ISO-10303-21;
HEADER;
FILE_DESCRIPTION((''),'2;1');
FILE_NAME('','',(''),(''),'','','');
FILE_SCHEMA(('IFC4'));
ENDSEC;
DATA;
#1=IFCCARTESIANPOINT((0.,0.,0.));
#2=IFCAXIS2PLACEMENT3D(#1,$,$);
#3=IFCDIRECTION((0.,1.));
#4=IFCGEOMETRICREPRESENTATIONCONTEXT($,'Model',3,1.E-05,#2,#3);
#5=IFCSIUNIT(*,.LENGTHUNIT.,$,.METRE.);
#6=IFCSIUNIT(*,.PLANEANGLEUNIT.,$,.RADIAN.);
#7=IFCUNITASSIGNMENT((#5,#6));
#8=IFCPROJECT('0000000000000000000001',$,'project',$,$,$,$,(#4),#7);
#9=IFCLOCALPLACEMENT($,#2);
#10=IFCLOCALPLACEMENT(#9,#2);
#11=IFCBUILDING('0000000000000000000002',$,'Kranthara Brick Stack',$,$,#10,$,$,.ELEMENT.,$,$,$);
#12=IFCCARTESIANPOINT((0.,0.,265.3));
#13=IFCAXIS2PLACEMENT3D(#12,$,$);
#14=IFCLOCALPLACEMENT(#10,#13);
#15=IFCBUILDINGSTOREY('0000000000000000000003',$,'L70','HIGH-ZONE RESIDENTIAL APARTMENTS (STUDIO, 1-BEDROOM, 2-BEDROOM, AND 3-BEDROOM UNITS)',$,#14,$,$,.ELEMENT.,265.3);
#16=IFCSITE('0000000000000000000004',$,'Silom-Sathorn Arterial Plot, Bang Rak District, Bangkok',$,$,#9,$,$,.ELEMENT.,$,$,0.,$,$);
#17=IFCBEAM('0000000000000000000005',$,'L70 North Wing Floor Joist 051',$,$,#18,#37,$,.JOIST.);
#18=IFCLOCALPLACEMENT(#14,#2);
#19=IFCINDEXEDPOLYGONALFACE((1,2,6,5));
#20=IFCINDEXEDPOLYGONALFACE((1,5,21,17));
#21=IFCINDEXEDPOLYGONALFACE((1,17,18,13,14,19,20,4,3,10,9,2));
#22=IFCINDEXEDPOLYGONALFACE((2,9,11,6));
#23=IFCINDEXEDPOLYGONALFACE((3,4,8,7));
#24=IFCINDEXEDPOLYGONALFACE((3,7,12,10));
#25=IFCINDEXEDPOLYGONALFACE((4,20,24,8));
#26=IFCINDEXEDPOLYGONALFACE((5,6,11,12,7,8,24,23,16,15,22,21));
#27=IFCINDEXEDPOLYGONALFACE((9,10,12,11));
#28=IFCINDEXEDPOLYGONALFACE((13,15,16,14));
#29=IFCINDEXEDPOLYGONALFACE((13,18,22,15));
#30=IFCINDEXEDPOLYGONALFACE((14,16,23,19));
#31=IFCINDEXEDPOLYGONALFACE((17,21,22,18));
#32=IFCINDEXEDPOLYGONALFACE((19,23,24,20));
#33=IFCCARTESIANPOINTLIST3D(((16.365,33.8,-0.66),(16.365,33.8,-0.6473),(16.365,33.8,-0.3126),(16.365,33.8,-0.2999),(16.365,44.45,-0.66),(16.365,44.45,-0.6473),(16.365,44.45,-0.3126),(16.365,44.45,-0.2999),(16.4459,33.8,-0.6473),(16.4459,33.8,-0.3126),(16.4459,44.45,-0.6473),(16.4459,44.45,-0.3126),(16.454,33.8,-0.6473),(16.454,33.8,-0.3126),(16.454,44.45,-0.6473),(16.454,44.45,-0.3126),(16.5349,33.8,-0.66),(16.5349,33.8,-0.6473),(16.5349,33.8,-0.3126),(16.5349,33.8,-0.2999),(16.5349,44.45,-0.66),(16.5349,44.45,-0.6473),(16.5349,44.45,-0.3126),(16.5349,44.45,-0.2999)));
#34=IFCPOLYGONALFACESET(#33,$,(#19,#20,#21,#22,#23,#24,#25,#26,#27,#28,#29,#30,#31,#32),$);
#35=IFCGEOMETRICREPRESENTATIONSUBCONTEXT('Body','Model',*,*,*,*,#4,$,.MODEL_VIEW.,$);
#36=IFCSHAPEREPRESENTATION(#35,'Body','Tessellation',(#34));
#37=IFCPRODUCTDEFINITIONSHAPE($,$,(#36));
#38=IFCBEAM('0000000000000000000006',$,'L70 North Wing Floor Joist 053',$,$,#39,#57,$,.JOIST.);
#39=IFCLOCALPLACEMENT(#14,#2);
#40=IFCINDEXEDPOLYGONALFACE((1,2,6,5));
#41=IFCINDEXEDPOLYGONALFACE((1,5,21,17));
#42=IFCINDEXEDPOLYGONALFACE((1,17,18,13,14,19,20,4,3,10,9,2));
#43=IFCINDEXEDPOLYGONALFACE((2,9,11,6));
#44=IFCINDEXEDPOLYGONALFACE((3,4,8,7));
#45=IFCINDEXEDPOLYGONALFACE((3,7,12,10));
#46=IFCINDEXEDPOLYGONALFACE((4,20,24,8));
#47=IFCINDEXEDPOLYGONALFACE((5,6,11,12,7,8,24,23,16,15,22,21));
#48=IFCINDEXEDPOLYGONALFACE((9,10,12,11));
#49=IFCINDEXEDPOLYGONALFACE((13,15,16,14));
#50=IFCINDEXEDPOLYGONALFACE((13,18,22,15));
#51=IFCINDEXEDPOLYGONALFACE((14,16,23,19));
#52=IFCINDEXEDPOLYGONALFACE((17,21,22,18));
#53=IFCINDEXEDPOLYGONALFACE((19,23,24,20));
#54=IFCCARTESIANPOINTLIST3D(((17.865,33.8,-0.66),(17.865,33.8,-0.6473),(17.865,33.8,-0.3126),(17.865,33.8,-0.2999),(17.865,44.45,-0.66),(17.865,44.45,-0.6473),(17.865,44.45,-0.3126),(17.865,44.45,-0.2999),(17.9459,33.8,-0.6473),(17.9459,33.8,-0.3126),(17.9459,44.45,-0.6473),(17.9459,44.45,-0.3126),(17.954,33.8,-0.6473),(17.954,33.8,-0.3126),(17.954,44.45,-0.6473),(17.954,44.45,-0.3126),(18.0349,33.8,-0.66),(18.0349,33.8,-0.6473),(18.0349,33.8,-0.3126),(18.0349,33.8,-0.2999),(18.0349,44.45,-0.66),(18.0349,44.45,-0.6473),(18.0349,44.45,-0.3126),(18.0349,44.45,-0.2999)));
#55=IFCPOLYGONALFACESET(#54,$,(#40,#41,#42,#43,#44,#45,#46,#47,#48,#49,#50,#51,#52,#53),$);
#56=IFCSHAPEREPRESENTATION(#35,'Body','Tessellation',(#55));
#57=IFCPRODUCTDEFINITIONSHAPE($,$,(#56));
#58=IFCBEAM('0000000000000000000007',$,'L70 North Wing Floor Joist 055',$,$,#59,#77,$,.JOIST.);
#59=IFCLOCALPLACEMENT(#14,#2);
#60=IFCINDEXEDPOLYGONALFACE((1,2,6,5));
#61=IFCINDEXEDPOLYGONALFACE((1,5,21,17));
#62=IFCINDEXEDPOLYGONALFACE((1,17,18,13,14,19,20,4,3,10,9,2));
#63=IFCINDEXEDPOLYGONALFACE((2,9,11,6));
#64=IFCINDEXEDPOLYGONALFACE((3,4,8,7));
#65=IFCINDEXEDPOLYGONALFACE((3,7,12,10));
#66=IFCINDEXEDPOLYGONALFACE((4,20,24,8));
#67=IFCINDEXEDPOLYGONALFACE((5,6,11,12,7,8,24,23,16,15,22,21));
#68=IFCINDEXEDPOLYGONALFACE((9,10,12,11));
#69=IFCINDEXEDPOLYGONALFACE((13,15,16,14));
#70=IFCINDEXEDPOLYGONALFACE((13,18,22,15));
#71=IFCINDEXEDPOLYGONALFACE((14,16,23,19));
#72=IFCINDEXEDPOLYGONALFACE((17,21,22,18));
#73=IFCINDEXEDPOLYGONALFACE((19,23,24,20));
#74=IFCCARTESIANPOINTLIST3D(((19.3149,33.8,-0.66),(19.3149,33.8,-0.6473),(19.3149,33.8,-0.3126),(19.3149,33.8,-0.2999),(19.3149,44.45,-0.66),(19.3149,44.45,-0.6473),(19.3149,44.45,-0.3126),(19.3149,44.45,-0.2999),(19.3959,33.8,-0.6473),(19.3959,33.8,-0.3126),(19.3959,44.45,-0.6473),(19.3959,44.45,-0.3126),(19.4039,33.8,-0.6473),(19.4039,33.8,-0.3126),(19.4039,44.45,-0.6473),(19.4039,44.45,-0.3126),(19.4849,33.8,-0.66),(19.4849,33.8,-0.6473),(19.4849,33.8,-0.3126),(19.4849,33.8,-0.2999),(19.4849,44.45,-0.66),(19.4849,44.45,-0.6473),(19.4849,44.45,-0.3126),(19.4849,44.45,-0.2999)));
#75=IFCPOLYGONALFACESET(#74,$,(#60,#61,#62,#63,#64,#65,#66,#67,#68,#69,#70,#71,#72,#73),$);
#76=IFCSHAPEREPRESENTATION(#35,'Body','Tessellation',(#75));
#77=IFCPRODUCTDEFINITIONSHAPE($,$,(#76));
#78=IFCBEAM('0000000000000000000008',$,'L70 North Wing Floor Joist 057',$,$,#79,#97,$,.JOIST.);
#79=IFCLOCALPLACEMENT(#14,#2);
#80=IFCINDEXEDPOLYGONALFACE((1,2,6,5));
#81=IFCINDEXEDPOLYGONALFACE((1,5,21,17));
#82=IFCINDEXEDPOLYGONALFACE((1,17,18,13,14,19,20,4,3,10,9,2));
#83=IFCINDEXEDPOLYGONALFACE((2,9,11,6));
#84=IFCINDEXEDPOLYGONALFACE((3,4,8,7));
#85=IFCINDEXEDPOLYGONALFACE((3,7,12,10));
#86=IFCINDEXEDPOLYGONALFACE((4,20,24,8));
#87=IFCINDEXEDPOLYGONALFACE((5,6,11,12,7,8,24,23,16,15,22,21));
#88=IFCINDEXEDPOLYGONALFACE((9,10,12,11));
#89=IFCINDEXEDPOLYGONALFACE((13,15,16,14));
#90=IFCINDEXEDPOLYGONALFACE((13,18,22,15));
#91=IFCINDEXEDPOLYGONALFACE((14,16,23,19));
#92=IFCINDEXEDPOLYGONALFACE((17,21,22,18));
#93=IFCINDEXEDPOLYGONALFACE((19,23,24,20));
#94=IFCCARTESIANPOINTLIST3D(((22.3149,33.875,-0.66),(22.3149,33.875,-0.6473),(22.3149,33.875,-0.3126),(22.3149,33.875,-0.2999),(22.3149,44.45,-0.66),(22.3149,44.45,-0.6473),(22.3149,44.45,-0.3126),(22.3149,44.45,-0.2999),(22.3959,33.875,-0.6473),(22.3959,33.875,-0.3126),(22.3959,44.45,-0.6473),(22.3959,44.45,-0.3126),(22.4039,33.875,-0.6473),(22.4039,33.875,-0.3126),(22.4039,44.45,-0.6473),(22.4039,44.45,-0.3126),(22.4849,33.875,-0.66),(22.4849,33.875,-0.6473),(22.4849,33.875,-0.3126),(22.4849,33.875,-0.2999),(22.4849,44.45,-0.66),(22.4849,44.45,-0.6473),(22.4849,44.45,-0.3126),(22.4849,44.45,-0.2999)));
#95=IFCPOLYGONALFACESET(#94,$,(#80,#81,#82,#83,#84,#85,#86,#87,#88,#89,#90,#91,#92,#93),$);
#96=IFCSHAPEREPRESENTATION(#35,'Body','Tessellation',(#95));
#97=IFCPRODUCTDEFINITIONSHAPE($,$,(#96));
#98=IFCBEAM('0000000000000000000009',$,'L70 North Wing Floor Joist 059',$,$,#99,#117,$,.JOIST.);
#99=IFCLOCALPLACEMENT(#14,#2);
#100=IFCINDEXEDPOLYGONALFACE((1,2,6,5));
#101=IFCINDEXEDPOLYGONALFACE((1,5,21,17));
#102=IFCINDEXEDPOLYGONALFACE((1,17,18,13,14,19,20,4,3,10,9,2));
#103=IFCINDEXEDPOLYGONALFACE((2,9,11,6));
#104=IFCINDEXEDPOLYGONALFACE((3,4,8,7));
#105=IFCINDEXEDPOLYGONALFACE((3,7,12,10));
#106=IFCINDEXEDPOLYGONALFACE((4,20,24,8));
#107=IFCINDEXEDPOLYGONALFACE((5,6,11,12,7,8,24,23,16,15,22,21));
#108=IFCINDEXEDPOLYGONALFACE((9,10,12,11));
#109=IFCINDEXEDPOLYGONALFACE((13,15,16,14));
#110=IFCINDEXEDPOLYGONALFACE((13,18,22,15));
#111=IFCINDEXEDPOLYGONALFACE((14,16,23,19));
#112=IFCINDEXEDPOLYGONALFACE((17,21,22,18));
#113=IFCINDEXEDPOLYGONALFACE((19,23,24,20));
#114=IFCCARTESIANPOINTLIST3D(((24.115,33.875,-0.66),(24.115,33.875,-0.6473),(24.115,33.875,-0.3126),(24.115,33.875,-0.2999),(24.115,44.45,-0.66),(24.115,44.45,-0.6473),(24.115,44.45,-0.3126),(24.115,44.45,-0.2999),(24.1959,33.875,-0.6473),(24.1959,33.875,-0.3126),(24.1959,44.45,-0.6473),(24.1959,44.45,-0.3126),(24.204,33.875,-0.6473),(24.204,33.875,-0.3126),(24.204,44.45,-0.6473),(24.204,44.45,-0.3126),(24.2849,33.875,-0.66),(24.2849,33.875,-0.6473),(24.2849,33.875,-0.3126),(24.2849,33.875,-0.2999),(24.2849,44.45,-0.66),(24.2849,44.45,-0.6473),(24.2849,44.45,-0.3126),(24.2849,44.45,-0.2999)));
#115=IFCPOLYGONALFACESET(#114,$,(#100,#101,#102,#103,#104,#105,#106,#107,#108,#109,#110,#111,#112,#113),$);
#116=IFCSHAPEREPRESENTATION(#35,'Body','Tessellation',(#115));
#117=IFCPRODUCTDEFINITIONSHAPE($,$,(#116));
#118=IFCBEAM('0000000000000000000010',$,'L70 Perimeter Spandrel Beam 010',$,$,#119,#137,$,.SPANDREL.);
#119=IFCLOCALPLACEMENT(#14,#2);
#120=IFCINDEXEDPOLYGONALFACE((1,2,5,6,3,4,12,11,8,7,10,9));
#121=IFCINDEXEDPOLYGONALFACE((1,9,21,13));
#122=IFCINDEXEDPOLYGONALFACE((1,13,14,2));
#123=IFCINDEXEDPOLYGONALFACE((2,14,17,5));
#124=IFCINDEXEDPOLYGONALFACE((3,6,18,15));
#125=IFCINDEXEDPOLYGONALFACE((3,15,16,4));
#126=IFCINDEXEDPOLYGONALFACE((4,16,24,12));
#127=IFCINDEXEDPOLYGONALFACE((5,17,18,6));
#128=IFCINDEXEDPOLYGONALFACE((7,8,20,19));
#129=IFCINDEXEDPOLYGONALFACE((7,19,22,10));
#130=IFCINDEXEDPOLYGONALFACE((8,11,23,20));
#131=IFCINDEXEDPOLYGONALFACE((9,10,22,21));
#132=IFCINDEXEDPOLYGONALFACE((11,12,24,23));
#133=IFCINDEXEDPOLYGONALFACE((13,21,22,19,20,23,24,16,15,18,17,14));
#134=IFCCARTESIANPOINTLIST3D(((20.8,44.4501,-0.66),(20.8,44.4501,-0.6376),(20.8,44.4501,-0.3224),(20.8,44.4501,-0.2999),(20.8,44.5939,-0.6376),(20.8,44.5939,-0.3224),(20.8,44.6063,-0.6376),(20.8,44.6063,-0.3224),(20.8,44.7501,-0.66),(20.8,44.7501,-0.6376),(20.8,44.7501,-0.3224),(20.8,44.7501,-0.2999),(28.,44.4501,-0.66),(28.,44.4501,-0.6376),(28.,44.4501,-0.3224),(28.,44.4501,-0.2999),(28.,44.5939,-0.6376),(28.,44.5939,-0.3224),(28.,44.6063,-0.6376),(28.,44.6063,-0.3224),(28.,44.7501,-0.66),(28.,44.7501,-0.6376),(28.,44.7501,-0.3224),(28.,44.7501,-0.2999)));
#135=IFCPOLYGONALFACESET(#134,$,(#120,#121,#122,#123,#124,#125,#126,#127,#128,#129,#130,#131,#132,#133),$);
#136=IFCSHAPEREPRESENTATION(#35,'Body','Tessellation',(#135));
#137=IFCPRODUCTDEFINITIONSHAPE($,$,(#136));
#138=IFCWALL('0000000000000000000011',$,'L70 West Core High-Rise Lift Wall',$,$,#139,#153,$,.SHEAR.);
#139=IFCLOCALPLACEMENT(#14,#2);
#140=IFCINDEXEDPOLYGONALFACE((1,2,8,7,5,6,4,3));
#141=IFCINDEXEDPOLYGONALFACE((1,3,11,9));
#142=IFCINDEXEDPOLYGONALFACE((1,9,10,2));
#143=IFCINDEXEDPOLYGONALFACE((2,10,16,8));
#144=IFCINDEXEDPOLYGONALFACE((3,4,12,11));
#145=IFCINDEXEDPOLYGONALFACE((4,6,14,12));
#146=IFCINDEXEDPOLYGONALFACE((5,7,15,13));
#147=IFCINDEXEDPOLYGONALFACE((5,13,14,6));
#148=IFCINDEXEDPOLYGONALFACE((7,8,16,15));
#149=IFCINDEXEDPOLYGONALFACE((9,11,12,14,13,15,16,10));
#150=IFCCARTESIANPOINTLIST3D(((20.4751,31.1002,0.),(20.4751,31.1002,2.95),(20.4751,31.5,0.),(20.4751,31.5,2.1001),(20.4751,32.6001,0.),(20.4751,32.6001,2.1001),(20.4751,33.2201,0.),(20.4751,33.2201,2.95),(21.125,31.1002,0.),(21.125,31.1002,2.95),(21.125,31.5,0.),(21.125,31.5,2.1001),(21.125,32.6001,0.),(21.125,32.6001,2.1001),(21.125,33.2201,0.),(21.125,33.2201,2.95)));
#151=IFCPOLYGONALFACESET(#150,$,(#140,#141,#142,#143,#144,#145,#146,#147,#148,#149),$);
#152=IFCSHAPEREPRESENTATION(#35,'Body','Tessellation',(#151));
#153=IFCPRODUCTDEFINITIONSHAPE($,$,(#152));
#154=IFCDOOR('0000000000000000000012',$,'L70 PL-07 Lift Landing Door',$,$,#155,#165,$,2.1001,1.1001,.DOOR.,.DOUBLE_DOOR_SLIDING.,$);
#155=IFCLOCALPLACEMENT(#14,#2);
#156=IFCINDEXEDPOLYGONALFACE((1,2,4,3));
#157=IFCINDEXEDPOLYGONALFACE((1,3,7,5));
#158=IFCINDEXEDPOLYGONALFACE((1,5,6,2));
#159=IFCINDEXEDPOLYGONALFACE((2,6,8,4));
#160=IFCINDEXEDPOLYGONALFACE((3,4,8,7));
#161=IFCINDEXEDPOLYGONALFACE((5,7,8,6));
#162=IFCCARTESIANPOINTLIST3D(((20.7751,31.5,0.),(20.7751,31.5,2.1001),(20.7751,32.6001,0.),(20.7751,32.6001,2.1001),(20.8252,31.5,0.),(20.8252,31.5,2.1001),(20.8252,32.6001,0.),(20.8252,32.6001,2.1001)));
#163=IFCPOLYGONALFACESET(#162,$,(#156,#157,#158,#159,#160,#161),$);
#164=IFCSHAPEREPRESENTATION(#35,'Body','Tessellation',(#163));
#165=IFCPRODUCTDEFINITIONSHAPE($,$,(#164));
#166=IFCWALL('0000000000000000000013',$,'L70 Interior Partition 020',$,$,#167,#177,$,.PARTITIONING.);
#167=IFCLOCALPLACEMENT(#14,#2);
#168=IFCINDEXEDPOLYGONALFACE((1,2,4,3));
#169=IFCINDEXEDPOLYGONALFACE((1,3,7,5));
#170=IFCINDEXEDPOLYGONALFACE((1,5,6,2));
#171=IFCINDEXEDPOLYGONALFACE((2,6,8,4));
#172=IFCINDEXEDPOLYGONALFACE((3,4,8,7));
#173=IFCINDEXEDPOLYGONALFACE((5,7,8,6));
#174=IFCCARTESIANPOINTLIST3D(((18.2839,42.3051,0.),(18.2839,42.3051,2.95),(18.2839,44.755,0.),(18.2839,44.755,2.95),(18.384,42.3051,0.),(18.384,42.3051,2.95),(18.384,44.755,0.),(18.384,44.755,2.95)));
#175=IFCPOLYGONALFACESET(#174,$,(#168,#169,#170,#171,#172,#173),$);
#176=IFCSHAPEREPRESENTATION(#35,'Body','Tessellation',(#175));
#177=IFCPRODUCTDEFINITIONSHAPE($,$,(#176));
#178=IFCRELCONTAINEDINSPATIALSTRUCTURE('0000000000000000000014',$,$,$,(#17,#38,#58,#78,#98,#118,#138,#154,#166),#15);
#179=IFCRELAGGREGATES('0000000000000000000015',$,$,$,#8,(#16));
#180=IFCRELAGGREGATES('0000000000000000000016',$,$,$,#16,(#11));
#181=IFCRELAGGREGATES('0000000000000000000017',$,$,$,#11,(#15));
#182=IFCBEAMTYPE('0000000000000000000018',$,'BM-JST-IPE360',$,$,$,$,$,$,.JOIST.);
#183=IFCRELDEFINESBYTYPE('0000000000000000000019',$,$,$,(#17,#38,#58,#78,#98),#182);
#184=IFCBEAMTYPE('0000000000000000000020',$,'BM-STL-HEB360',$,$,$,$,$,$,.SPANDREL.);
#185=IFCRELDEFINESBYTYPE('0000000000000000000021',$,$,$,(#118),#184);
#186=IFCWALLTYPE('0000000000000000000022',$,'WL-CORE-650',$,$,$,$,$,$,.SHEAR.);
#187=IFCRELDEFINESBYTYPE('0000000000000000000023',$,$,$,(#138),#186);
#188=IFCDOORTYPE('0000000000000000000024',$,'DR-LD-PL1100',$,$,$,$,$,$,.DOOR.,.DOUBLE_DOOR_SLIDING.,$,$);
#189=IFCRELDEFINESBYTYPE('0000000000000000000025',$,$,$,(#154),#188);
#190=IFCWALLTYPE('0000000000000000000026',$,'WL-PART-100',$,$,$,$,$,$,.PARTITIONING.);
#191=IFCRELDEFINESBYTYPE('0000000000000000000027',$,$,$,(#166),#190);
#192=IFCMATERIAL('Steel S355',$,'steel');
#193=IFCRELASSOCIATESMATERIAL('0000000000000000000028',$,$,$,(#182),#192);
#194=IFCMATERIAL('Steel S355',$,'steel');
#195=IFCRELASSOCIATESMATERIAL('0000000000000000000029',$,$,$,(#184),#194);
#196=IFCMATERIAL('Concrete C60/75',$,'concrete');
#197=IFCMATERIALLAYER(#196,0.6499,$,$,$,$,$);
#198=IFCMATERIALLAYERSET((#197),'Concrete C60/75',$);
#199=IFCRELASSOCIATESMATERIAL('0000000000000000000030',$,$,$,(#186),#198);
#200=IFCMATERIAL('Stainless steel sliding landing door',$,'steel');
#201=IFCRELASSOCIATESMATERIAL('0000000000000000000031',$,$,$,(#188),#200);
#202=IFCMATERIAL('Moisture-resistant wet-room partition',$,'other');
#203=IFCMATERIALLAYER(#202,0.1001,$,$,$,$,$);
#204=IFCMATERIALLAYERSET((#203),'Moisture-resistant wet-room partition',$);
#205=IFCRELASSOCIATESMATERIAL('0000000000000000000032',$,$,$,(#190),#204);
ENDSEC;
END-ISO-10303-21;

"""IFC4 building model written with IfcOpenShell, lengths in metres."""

from ifc_helpers import new_model, si_unit, direction, frame, frame_2d, origin, origin_2d, place, context, subcontext, project, spatial, rectangle, i_section, extrude, material, layer, layer_set, material_profile, profile_set, type_object, element, fill, save


model = new_model("IFC4")

# Units and contexts
model_context = context("Model", 3, precision=1e-05, world=origin(), true_north=direction((0.0, 1.0)))
body_context = subcontext(model_context, "Body", "Model", "MODEL_VIEW")
ifc_project = project(units=[si_unit("LENGTHUNIT", "METRE"), si_unit("PLANEANGLEUNIT", "RADIAN")], contexts=[model_context])

# Site, building, storey
site_placement = place(None, origin())
site = spatial("IfcSite", under=ifc_project, at=site_placement, Name="Silom-Sathorn Arterial Plot, Bang Rak District, Bangkok", CompositionType="ELEMENT", RefElevation=0.0)
building_placement = place(site_placement, origin())
building = spatial("IfcBuilding", under=site, at=building_placement, Name="Kranthara Brick Stack", CompositionType="ELEMENT")
storey_placement = place(building_placement, frame((0.0, 0.0, 265.3)))
storey = spatial("IfcBuildingStorey", under=building, at=storey_placement, Name="L70", Description="HIGH-ZONE RESIDENTIAL APARTMENTS (STUDIO, 1-BEDROOM, 2-BEDROOM, AND 3-BEDROOM UNITS)", CompositionType="ELEMENT", Elevation=265.3)

# Beams
ifc_material_1 = material(Name="Steel S355", Category="steel")
ifc_material_profile_1 = material_profile(ifc_material_1, i_section(OverallWidth=0.1699, OverallDepth=0.3601, WebThickness=0.0081, FlangeThickness=0.0127, at=origin_2d()), Name="IPE 360")
ifc_profile_set_1 = profile_set([ifc_material_profile_1], Name="Steel S355")
beam_type_1 = type_object("IfcBeamType", Name="BM-JST-IPE360", PredefinedType="JOIST", material=ifc_profile_set_1)
for number, where, z_axis, x_axis, name in (
    (1, (16.45, 33.8, -0.48), (0.0, 1.0, 0.0), (-1.0, 0.0, 0.0), "L70 North Wing Floor Joist 051"),
    (2, (17.95, 33.8, -0.48), (0.0, 1.0, 0.0), (-1.0, 0.0, 0.0), "L70 North Wing Floor Joist 053"),
    (3, (19.3999, 33.8, -0.48), (0.0, 1.0, 0.0), (-1.0, 0.0, 0.0), "L70 North Wing Floor Joist 055"),
):
    element("IfcBeam", number, at=place(storey_placement, frame(where, z_axis=z_axis, x_axis=x_axis)), inside=storey, type_object=beam_type_1, Name=name, PredefinedType="JOIST", context=body_context, shape_type="SweptSolid", body=[
        extrude(i_section(OverallWidth=0.1699, OverallDepth=0.3601, WebThickness=0.0081, FlangeThickness=0.0127, at=origin_2d()), origin(), (0.0, 0.0, 1.0), 10.6499),
    ])
for number, where, z_axis, x_axis, name in (
    (4, (22.3999, 33.875, -0.48), (0.0, 1.0, 0.0), (-1.0, 0.0, 0.0), "L70 North Wing Floor Joist 057"),
    (5, (24.2, 33.875, -0.48), (0.0, 1.0, 0.0), (-1.0, 0.0, 0.0), "L70 North Wing Floor Joist 059"),
):
    element("IfcBeam", number, at=place(storey_placement, frame(where, z_axis=z_axis, x_axis=x_axis)), inside=storey, type_object=beam_type_1, Name=name, PredefinedType="JOIST", context=body_context, shape_type="SweptSolid", body=[
        extrude(i_section(OverallWidth=0.1699, OverallDepth=0.3601, WebThickness=0.0081, FlangeThickness=0.0127, at=origin_2d()), origin(), (0.0, 0.0, 1.0), 10.575),
    ])
ifc_material_2 = material(Name="Steel S355", Category="steel")
ifc_material_profile_2 = material_profile(ifc_material_2, i_section(OverallWidth=0.3, OverallDepth=0.3601, WebThickness=0.0125, FlangeThickness=0.0225, at=origin_2d()), Name="HEB 360")
ifc_profile_set_2 = profile_set([ifc_material_profile_2], Name="Steel S355")
beam_type_2 = type_object("IfcBeamType", Name="BM-STL-HEB360", PredefinedType="SPANDREL", material=ifc_profile_set_2)
beam_1_placement = place(storey_placement, frame((20.8, 44.6001, -0.48), z_axis=(1.0, 0.0, 0.0), x_axis=(0.0, 1.0, 0.0)))
element("IfcBeam", 6, at=beam_1_placement, inside=storey, type_object=beam_type_2, Name="L70 Perimeter Spandrel Beam 010", PredefinedType="SPANDREL", context=body_context, shape_type="SweptSolid", body=[
    extrude(i_section(OverallWidth=0.3, OverallDepth=0.3601, WebThickness=0.0125, FlangeThickness=0.0225, at=origin_2d()), origin(), (0.0, 0.0, 1.0), 7.2),
])

# Wall, opening, door
ifc_material_3 = material(Name="Concrete C60/75", Category="concrete")
ifc_layer_1 = layer(ifc_material_3, 0.6499)
ifc_layer_set_1 = layer_set([ifc_layer_1], Name="Concrete C60/75")
wall_type_1 = type_object("IfcWallType", Name="WL-CORE-650", PredefinedType="SHEAR", material=ifc_layer_set_1)
wall_1_placement = place(storey_placement, frame((20.8, 31.1001, 0.0), z_axis=(0.0, 0.0, 1.0), x_axis=(0.0, 1.0, 0.0)))
wall_1 = element("IfcWall", 7, at=wall_1_placement, inside=storey, type_object=wall_type_1, Name="L70 West Core High-Rise Lift Wall", PredefinedType="SHEAR", context=body_context, shape_type="SweptSolid", body=[
    extrude(rectangle(XDim=2.1199, YDim=0.6499, at=frame_2d((1.0601, 0.0))), origin(), (0.0, 0.0, 1.0), 2.95),
])
opening_1_placement = place(wall_1_placement, frame((0.3999, 0.0, 0.0)))
opening_1 = element("IfcOpeningElement", 8, at=opening_1_placement, cuts=wall_1, PredefinedType="OPENING", context=body_context, shape_type="SweptSolid", body=[
    extrude(rectangle(XDim=1.1001, YDim=2.1001, at=frame_2d((0.55, 1.05))), frame((0.0, 0.335, 0.0), z_axis=(0.0, -1.0, 0.0), x_axis=(1.0, 0.0, 0.0)), (0.0, 0.0, 1.0), 0.6699),
])
ifc_material_4 = material(Name="Stainless steel sliding landing door", Category="steel")
door_type_1 = type_object("IfcDoorType", Name="DR-LD-PL1100", OperationType="DOUBLE_DOOR_SLIDING", PredefinedType="DOOR", material=ifc_material_4)
door_1_placement = place(opening_1_placement, origin())
door_1 = element("IfcDoor", 9, at=door_1_placement, inside=storey, type_object=door_type_1, Name="L70 PL-07 Lift Landing Door", OperationType="DOUBLE_DOOR_SLIDING", OverallHeight=2.1001, OverallWidth=1.1001, PredefinedType="DOOR", context=body_context, shape_type="SweptSolid", body=[
    extrude(rectangle(XDim=1.1001, YDim=2.1001, at=frame_2d((0.55, 1.05))), frame((0.0, 0.0249, 0.0), z_axis=(0.0, -1.0, 0.0), x_axis=(1.0, 0.0, 0.0)), (0.0, 0.0, 1.0), 0.05),
])
fill(opening_1, door_1)

# Wall
ifc_material_5 = material(Name="Moisture-resistant wet-room partition", Category="other")
ifc_layer_2 = layer(ifc_material_5, 0.1001)
ifc_layer_set_2 = layer_set([ifc_layer_2], Name="Moisture-resistant wet-room partition")
wall_type_2 = type_object("IfcWallType", Name="WL-PART-100", PredefinedType="PARTITIONING", material=ifc_layer_set_2)
wall_2_placement = place(storey_placement, frame((18.334, 42.3049, 0.0), z_axis=(0.0, 0.0, 1.0), x_axis=(0.0, 1.0, 0.0)))
element("IfcWall", 10, at=wall_2_placement, inside=storey, type_object=wall_type_2, Name="L70 Interior Partition 020", PredefinedType="PARTITIONING", context=body_context, shape_type="SweptSolid", body=[
    extrude(rectangle(XDim=2.45, YDim=0.1001, at=frame_2d((1.2251, 0.0))), origin(), (0.0, 0.0, 1.0), 2.95),
])

save(model, "model.ifc")
